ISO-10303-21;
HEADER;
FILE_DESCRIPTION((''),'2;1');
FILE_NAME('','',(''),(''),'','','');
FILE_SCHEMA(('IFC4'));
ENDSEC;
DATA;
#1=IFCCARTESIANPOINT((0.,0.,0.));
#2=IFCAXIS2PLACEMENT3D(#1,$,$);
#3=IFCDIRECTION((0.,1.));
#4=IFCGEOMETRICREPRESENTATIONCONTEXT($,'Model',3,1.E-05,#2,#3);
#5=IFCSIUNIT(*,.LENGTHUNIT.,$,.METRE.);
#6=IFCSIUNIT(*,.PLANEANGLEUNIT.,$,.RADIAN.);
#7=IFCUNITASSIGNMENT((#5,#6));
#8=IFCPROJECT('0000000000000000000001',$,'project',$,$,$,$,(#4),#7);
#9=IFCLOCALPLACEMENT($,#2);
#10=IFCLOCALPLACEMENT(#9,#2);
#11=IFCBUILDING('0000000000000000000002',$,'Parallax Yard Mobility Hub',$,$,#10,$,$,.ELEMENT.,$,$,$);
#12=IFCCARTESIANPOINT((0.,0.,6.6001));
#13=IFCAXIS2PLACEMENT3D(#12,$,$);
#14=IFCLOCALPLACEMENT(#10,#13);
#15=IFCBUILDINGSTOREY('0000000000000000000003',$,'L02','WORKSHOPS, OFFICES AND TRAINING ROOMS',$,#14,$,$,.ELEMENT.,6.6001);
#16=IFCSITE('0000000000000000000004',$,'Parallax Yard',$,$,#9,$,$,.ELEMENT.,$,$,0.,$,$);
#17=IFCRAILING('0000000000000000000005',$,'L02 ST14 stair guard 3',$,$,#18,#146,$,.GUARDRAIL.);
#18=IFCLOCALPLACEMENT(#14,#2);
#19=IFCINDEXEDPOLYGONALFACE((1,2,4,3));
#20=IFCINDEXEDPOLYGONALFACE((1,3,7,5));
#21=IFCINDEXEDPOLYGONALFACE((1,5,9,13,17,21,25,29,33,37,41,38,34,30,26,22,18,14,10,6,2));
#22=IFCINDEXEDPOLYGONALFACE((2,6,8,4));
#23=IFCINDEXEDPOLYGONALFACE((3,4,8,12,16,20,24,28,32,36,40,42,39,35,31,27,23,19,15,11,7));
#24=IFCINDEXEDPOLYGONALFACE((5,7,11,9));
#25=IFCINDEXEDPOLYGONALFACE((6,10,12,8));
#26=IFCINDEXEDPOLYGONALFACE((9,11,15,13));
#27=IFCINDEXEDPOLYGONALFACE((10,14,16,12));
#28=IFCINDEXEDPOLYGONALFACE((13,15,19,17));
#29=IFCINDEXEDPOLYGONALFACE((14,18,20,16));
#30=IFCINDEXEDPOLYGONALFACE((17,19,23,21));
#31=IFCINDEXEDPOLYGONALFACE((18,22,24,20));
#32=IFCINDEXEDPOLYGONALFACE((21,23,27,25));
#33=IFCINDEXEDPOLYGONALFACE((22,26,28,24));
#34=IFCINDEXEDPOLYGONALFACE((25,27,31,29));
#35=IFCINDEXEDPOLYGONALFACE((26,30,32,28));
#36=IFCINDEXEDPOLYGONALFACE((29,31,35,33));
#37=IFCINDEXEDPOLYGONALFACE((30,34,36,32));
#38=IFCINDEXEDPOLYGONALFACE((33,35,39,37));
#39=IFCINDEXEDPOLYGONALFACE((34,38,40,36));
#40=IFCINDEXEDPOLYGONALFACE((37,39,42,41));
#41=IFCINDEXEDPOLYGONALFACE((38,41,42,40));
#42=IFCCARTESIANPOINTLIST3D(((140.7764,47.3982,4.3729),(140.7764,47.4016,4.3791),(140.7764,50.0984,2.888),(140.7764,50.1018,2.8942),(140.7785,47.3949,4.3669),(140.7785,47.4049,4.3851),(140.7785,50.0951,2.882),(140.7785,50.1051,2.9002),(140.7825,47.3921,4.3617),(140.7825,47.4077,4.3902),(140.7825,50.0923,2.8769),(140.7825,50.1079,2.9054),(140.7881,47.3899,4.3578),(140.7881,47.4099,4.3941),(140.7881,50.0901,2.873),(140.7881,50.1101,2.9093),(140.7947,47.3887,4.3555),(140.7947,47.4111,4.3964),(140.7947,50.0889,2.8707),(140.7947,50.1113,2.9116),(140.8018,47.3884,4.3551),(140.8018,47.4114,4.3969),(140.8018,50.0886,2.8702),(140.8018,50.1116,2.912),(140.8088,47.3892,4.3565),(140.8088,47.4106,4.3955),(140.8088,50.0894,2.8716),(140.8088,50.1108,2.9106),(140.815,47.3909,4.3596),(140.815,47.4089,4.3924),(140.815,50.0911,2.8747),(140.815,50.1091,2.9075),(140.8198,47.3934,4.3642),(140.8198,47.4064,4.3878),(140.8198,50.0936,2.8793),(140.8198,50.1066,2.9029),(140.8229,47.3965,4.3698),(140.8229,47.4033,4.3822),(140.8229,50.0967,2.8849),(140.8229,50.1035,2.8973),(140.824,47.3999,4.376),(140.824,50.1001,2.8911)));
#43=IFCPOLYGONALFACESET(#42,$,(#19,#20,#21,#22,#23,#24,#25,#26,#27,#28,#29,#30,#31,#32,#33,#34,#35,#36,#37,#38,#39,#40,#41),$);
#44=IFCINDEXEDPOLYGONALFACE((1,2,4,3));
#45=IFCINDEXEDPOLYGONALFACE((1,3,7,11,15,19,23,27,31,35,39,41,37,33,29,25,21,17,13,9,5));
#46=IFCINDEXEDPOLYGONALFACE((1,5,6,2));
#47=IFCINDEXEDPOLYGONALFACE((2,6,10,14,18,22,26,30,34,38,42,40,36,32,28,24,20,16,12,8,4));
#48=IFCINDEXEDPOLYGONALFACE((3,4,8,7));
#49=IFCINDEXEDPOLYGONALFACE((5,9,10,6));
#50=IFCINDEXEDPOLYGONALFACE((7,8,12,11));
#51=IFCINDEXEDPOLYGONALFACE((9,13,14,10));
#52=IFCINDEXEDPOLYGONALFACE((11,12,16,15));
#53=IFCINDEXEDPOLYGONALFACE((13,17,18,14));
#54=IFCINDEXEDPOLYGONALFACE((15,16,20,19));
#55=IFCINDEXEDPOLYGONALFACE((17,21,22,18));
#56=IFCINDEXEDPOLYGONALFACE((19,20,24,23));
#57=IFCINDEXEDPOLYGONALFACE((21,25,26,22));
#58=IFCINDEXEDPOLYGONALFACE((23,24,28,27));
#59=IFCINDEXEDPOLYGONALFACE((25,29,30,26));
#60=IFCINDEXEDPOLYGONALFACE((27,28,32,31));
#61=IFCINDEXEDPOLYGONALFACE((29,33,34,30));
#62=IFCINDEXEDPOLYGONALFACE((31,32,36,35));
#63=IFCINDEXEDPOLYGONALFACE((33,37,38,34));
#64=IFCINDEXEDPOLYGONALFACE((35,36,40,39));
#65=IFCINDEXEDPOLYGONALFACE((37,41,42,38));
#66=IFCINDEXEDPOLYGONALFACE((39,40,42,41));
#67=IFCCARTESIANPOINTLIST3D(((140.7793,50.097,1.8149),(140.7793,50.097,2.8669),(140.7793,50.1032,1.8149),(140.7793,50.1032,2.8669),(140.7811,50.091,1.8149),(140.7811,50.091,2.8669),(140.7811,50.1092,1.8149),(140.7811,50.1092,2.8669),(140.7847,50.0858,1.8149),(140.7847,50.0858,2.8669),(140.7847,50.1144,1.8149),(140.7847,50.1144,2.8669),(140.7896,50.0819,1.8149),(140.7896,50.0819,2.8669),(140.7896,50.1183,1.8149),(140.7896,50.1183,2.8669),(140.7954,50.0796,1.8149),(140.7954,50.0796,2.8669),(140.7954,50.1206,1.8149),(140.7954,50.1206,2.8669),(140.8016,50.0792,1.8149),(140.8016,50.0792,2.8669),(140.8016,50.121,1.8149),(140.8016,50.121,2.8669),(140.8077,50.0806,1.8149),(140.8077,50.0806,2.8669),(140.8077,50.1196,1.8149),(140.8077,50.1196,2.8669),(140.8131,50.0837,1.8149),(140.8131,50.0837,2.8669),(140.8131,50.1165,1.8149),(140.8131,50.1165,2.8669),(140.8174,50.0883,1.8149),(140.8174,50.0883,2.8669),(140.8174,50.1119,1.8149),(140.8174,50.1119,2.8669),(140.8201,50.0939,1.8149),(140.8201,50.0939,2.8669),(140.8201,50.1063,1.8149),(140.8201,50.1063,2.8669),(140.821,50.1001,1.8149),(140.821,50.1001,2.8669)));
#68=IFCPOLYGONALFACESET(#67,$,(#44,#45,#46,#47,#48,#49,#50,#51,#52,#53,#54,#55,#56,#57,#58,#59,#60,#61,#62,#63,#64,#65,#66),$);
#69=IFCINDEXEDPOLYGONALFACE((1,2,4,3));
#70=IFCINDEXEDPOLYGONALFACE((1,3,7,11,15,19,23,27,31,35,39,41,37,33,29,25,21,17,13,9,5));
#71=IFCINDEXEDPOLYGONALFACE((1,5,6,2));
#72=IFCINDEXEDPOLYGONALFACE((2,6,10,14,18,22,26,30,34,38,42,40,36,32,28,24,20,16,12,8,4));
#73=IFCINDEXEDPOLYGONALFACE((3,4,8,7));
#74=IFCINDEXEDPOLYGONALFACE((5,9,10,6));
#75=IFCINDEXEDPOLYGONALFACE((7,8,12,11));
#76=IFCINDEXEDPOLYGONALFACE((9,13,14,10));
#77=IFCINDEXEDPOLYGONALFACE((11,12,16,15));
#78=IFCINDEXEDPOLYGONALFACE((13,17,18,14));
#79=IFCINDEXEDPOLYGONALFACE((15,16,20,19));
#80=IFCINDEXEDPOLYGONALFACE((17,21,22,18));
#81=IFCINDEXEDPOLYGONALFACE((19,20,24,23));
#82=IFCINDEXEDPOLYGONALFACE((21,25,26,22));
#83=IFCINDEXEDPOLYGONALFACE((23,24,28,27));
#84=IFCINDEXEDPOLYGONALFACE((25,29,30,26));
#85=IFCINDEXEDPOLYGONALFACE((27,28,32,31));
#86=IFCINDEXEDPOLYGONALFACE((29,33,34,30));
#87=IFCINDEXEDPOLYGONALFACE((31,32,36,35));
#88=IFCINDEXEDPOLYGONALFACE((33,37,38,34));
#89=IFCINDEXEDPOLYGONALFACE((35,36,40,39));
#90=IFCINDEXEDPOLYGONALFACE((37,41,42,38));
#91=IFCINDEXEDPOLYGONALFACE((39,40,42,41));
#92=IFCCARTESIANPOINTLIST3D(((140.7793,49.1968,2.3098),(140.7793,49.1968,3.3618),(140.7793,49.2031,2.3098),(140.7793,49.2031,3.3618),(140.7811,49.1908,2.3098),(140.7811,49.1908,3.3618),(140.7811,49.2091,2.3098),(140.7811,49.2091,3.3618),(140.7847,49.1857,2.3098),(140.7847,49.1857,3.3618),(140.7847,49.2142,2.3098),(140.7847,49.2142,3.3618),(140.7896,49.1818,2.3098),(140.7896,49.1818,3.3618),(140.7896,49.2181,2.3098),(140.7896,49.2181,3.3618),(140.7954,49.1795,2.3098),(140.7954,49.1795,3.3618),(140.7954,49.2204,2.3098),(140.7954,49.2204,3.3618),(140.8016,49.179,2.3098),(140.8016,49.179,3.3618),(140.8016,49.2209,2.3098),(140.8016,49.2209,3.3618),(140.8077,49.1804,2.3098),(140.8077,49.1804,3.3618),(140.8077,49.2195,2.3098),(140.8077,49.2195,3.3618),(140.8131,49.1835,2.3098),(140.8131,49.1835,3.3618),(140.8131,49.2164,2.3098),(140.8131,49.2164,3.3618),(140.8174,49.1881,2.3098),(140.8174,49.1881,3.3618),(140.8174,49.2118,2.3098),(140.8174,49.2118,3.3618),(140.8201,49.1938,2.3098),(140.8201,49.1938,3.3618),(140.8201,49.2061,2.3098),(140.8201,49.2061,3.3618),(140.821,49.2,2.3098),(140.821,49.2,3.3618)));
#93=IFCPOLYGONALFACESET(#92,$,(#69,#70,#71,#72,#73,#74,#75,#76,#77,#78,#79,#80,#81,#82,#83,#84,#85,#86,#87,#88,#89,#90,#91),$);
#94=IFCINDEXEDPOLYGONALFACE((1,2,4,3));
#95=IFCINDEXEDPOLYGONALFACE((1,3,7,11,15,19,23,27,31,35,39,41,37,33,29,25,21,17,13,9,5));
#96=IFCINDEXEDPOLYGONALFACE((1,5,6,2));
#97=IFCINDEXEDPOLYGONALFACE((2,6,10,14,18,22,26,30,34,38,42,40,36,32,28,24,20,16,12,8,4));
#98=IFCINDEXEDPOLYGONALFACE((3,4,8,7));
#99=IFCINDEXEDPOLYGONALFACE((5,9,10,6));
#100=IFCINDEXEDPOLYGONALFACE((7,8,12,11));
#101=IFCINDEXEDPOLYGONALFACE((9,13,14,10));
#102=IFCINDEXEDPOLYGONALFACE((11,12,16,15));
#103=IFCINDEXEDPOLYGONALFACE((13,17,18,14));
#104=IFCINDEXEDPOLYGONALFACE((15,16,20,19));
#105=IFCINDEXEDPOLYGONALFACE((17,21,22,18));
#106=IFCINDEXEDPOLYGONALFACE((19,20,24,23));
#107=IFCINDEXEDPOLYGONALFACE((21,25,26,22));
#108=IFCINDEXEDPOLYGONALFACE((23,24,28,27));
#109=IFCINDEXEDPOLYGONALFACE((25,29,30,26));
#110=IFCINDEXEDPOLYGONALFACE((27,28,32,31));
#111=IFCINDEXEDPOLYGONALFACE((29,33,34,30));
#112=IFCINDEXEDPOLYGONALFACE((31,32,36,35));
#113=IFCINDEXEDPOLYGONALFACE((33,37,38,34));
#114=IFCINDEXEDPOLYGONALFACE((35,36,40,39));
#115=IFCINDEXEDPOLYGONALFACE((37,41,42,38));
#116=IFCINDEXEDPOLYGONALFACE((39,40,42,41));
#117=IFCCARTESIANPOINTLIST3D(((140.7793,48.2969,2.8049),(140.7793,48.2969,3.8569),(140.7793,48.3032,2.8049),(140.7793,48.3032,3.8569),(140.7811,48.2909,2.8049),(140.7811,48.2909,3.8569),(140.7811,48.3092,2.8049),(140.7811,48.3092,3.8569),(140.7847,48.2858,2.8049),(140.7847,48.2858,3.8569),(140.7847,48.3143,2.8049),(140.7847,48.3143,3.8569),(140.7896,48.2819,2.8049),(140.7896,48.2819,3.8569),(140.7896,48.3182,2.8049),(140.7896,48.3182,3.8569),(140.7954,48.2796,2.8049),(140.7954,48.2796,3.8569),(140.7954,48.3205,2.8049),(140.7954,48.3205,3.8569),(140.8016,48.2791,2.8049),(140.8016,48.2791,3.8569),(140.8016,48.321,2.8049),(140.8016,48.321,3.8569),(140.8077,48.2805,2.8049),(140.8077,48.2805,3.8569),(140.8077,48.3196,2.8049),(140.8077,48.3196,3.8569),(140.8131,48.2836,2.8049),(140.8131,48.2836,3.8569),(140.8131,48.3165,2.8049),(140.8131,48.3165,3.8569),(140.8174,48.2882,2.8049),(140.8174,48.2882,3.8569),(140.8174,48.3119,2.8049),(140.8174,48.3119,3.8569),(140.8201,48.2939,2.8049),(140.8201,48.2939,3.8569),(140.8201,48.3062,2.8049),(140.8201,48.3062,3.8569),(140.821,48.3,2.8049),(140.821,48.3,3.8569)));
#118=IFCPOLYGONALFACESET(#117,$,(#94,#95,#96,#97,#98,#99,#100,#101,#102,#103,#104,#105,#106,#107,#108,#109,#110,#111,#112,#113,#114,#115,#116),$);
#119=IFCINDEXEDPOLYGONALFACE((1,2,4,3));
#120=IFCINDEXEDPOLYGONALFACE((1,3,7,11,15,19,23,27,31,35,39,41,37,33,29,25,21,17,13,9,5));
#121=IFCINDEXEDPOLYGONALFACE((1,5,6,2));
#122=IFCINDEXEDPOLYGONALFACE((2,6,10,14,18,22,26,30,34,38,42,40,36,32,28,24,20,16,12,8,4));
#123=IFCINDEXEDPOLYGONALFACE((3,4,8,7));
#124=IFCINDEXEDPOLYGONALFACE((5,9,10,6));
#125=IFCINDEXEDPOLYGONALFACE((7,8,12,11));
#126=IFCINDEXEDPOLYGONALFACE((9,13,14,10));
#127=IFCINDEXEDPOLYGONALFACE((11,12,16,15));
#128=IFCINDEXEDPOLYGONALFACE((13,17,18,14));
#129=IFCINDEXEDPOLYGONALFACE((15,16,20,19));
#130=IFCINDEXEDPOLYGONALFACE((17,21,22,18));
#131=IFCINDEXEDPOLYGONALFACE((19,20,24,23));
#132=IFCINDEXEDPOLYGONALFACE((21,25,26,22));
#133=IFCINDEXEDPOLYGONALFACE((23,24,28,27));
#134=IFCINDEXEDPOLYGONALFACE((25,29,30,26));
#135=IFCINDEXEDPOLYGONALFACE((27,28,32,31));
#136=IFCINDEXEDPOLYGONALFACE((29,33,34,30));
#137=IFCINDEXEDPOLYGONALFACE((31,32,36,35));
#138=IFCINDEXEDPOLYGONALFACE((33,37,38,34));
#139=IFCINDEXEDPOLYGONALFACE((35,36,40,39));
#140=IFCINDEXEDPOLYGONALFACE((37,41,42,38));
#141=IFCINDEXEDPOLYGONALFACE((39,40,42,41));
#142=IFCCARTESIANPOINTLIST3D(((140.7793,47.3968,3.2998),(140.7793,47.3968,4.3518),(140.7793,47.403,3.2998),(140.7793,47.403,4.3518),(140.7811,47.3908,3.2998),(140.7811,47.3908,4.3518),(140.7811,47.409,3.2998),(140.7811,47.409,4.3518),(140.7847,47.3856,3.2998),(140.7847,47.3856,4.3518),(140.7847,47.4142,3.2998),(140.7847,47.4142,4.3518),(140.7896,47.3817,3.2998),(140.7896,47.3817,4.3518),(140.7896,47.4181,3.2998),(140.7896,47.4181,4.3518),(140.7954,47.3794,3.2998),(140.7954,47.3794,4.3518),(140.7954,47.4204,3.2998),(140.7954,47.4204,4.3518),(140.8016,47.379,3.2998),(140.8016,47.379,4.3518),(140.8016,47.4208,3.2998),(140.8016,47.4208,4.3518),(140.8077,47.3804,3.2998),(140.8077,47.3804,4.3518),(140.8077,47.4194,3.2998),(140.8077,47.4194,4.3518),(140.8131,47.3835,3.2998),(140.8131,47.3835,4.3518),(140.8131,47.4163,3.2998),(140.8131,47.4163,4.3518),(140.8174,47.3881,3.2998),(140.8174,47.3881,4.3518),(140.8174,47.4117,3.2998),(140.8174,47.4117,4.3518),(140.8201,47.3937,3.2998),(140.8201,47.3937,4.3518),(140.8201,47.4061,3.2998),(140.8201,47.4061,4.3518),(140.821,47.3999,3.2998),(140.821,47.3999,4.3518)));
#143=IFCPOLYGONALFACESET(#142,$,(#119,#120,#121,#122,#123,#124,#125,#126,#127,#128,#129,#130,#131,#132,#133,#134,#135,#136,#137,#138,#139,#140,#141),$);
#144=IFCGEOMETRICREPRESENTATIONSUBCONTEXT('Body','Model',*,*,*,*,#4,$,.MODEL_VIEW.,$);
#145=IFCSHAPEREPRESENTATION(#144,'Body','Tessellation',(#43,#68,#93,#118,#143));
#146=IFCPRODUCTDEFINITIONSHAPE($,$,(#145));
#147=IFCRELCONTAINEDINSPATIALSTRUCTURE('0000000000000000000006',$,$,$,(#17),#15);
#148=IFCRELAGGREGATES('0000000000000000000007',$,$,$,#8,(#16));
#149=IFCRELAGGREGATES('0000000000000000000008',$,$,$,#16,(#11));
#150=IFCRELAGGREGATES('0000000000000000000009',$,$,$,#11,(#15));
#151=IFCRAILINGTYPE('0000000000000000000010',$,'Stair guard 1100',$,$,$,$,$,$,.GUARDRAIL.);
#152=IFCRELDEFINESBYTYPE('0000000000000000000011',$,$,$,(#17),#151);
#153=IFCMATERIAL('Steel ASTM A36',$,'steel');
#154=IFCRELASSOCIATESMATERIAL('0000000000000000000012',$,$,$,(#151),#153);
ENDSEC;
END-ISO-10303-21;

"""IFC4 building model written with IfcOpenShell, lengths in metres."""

from ifc_helpers import new_model, si_unit, direction, frame, origin, origin_2d, place, context, subcontext, project, spatial, circle, extrude, material, type_object, element, save


model = new_model("IFC4")

# Units and contexts
model_context = context("Model", 3, precision=1e-05, world=origin(), true_north=direction((0.0, 1.0)))
body_context = subcontext(model_context, "Body", "Model", "MODEL_VIEW")
ifc_project = project(units=[si_unit("LENGTHUNIT", "METRE"), si_unit("PLANEANGLEUNIT", "RADIAN")], contexts=[model_context])

# Site, building, storey
site_placement = place(None, origin())
site = spatial("IfcSite", under=ifc_project, at=site_placement, Name="Parallax Yard", CompositionType="ELEMENT", RefElevation=0.0)
building_placement = place(site_placement, origin())
building = spatial("IfcBuilding", under=site, at=building_placement, Name="Parallax Yard Mobility Hub", CompositionType="ELEMENT")
storey_placement = place(building_placement, frame((0.0, 0.0, 6.6001)))
storey = spatial("IfcBuildingStorey", under=building, at=storey_placement, Name="L02", Description="WORKSHOPS, OFFICES AND TRAINING ROOMS", CompositionType="ELEMENT", Elevation=6.6001)

# Railing
ifc_material_1 = material(Name="Steel ASTM A36", Category="steel")
railing_type_1 = type_object("IfcRailingType", Name="Stair guard 1100", PredefinedType="GUARDRAIL", material=ifc_material_1)
railing_1_placement = place(storey_placement, frame((140.8, 50.1001, 1.8149)))
element("IfcRailing", 1, at=railing_1_placement, inside=storey, type_object=railing_type_1, Name="L02 ST14 stair guard 3", PredefinedType="GUARDRAIL", context=body_context, shape_type="SweptSolid", body=[
    extrude(circle(Radius=0.0239, at=origin_2d()), frame((0.0, 0.0, 1.0762), z_axis=(0.0, -0.876249, 0.481858), x_axis=(1.0, 0.0, 0.0)), (0.0, 0.0, 1.0), 3.0815),
    extrude(circle(Radius=0.021, at=origin_2d()), origin(), (0.0, 0.0, 1.0), 1.052),
    extrude(circle(Radius=0.021, at=origin_2d()), frame((0.0, -0.9001, 0.4949)), (0.0, 0.0, 1.0), 1.052),
    extrude(circle(Radius=0.021, at=origin_2d()), frame((0.0, -1.8, 0.99)), (0.0, 0.0, 1.0), 1.052),
    extrude(circle(Radius=0.021, at=origin_2d()), frame((0.0, -2.7002, 1.4849)), (0.0, 0.0, 1.0), 1.052),
])

save(model, "model.ifc")
